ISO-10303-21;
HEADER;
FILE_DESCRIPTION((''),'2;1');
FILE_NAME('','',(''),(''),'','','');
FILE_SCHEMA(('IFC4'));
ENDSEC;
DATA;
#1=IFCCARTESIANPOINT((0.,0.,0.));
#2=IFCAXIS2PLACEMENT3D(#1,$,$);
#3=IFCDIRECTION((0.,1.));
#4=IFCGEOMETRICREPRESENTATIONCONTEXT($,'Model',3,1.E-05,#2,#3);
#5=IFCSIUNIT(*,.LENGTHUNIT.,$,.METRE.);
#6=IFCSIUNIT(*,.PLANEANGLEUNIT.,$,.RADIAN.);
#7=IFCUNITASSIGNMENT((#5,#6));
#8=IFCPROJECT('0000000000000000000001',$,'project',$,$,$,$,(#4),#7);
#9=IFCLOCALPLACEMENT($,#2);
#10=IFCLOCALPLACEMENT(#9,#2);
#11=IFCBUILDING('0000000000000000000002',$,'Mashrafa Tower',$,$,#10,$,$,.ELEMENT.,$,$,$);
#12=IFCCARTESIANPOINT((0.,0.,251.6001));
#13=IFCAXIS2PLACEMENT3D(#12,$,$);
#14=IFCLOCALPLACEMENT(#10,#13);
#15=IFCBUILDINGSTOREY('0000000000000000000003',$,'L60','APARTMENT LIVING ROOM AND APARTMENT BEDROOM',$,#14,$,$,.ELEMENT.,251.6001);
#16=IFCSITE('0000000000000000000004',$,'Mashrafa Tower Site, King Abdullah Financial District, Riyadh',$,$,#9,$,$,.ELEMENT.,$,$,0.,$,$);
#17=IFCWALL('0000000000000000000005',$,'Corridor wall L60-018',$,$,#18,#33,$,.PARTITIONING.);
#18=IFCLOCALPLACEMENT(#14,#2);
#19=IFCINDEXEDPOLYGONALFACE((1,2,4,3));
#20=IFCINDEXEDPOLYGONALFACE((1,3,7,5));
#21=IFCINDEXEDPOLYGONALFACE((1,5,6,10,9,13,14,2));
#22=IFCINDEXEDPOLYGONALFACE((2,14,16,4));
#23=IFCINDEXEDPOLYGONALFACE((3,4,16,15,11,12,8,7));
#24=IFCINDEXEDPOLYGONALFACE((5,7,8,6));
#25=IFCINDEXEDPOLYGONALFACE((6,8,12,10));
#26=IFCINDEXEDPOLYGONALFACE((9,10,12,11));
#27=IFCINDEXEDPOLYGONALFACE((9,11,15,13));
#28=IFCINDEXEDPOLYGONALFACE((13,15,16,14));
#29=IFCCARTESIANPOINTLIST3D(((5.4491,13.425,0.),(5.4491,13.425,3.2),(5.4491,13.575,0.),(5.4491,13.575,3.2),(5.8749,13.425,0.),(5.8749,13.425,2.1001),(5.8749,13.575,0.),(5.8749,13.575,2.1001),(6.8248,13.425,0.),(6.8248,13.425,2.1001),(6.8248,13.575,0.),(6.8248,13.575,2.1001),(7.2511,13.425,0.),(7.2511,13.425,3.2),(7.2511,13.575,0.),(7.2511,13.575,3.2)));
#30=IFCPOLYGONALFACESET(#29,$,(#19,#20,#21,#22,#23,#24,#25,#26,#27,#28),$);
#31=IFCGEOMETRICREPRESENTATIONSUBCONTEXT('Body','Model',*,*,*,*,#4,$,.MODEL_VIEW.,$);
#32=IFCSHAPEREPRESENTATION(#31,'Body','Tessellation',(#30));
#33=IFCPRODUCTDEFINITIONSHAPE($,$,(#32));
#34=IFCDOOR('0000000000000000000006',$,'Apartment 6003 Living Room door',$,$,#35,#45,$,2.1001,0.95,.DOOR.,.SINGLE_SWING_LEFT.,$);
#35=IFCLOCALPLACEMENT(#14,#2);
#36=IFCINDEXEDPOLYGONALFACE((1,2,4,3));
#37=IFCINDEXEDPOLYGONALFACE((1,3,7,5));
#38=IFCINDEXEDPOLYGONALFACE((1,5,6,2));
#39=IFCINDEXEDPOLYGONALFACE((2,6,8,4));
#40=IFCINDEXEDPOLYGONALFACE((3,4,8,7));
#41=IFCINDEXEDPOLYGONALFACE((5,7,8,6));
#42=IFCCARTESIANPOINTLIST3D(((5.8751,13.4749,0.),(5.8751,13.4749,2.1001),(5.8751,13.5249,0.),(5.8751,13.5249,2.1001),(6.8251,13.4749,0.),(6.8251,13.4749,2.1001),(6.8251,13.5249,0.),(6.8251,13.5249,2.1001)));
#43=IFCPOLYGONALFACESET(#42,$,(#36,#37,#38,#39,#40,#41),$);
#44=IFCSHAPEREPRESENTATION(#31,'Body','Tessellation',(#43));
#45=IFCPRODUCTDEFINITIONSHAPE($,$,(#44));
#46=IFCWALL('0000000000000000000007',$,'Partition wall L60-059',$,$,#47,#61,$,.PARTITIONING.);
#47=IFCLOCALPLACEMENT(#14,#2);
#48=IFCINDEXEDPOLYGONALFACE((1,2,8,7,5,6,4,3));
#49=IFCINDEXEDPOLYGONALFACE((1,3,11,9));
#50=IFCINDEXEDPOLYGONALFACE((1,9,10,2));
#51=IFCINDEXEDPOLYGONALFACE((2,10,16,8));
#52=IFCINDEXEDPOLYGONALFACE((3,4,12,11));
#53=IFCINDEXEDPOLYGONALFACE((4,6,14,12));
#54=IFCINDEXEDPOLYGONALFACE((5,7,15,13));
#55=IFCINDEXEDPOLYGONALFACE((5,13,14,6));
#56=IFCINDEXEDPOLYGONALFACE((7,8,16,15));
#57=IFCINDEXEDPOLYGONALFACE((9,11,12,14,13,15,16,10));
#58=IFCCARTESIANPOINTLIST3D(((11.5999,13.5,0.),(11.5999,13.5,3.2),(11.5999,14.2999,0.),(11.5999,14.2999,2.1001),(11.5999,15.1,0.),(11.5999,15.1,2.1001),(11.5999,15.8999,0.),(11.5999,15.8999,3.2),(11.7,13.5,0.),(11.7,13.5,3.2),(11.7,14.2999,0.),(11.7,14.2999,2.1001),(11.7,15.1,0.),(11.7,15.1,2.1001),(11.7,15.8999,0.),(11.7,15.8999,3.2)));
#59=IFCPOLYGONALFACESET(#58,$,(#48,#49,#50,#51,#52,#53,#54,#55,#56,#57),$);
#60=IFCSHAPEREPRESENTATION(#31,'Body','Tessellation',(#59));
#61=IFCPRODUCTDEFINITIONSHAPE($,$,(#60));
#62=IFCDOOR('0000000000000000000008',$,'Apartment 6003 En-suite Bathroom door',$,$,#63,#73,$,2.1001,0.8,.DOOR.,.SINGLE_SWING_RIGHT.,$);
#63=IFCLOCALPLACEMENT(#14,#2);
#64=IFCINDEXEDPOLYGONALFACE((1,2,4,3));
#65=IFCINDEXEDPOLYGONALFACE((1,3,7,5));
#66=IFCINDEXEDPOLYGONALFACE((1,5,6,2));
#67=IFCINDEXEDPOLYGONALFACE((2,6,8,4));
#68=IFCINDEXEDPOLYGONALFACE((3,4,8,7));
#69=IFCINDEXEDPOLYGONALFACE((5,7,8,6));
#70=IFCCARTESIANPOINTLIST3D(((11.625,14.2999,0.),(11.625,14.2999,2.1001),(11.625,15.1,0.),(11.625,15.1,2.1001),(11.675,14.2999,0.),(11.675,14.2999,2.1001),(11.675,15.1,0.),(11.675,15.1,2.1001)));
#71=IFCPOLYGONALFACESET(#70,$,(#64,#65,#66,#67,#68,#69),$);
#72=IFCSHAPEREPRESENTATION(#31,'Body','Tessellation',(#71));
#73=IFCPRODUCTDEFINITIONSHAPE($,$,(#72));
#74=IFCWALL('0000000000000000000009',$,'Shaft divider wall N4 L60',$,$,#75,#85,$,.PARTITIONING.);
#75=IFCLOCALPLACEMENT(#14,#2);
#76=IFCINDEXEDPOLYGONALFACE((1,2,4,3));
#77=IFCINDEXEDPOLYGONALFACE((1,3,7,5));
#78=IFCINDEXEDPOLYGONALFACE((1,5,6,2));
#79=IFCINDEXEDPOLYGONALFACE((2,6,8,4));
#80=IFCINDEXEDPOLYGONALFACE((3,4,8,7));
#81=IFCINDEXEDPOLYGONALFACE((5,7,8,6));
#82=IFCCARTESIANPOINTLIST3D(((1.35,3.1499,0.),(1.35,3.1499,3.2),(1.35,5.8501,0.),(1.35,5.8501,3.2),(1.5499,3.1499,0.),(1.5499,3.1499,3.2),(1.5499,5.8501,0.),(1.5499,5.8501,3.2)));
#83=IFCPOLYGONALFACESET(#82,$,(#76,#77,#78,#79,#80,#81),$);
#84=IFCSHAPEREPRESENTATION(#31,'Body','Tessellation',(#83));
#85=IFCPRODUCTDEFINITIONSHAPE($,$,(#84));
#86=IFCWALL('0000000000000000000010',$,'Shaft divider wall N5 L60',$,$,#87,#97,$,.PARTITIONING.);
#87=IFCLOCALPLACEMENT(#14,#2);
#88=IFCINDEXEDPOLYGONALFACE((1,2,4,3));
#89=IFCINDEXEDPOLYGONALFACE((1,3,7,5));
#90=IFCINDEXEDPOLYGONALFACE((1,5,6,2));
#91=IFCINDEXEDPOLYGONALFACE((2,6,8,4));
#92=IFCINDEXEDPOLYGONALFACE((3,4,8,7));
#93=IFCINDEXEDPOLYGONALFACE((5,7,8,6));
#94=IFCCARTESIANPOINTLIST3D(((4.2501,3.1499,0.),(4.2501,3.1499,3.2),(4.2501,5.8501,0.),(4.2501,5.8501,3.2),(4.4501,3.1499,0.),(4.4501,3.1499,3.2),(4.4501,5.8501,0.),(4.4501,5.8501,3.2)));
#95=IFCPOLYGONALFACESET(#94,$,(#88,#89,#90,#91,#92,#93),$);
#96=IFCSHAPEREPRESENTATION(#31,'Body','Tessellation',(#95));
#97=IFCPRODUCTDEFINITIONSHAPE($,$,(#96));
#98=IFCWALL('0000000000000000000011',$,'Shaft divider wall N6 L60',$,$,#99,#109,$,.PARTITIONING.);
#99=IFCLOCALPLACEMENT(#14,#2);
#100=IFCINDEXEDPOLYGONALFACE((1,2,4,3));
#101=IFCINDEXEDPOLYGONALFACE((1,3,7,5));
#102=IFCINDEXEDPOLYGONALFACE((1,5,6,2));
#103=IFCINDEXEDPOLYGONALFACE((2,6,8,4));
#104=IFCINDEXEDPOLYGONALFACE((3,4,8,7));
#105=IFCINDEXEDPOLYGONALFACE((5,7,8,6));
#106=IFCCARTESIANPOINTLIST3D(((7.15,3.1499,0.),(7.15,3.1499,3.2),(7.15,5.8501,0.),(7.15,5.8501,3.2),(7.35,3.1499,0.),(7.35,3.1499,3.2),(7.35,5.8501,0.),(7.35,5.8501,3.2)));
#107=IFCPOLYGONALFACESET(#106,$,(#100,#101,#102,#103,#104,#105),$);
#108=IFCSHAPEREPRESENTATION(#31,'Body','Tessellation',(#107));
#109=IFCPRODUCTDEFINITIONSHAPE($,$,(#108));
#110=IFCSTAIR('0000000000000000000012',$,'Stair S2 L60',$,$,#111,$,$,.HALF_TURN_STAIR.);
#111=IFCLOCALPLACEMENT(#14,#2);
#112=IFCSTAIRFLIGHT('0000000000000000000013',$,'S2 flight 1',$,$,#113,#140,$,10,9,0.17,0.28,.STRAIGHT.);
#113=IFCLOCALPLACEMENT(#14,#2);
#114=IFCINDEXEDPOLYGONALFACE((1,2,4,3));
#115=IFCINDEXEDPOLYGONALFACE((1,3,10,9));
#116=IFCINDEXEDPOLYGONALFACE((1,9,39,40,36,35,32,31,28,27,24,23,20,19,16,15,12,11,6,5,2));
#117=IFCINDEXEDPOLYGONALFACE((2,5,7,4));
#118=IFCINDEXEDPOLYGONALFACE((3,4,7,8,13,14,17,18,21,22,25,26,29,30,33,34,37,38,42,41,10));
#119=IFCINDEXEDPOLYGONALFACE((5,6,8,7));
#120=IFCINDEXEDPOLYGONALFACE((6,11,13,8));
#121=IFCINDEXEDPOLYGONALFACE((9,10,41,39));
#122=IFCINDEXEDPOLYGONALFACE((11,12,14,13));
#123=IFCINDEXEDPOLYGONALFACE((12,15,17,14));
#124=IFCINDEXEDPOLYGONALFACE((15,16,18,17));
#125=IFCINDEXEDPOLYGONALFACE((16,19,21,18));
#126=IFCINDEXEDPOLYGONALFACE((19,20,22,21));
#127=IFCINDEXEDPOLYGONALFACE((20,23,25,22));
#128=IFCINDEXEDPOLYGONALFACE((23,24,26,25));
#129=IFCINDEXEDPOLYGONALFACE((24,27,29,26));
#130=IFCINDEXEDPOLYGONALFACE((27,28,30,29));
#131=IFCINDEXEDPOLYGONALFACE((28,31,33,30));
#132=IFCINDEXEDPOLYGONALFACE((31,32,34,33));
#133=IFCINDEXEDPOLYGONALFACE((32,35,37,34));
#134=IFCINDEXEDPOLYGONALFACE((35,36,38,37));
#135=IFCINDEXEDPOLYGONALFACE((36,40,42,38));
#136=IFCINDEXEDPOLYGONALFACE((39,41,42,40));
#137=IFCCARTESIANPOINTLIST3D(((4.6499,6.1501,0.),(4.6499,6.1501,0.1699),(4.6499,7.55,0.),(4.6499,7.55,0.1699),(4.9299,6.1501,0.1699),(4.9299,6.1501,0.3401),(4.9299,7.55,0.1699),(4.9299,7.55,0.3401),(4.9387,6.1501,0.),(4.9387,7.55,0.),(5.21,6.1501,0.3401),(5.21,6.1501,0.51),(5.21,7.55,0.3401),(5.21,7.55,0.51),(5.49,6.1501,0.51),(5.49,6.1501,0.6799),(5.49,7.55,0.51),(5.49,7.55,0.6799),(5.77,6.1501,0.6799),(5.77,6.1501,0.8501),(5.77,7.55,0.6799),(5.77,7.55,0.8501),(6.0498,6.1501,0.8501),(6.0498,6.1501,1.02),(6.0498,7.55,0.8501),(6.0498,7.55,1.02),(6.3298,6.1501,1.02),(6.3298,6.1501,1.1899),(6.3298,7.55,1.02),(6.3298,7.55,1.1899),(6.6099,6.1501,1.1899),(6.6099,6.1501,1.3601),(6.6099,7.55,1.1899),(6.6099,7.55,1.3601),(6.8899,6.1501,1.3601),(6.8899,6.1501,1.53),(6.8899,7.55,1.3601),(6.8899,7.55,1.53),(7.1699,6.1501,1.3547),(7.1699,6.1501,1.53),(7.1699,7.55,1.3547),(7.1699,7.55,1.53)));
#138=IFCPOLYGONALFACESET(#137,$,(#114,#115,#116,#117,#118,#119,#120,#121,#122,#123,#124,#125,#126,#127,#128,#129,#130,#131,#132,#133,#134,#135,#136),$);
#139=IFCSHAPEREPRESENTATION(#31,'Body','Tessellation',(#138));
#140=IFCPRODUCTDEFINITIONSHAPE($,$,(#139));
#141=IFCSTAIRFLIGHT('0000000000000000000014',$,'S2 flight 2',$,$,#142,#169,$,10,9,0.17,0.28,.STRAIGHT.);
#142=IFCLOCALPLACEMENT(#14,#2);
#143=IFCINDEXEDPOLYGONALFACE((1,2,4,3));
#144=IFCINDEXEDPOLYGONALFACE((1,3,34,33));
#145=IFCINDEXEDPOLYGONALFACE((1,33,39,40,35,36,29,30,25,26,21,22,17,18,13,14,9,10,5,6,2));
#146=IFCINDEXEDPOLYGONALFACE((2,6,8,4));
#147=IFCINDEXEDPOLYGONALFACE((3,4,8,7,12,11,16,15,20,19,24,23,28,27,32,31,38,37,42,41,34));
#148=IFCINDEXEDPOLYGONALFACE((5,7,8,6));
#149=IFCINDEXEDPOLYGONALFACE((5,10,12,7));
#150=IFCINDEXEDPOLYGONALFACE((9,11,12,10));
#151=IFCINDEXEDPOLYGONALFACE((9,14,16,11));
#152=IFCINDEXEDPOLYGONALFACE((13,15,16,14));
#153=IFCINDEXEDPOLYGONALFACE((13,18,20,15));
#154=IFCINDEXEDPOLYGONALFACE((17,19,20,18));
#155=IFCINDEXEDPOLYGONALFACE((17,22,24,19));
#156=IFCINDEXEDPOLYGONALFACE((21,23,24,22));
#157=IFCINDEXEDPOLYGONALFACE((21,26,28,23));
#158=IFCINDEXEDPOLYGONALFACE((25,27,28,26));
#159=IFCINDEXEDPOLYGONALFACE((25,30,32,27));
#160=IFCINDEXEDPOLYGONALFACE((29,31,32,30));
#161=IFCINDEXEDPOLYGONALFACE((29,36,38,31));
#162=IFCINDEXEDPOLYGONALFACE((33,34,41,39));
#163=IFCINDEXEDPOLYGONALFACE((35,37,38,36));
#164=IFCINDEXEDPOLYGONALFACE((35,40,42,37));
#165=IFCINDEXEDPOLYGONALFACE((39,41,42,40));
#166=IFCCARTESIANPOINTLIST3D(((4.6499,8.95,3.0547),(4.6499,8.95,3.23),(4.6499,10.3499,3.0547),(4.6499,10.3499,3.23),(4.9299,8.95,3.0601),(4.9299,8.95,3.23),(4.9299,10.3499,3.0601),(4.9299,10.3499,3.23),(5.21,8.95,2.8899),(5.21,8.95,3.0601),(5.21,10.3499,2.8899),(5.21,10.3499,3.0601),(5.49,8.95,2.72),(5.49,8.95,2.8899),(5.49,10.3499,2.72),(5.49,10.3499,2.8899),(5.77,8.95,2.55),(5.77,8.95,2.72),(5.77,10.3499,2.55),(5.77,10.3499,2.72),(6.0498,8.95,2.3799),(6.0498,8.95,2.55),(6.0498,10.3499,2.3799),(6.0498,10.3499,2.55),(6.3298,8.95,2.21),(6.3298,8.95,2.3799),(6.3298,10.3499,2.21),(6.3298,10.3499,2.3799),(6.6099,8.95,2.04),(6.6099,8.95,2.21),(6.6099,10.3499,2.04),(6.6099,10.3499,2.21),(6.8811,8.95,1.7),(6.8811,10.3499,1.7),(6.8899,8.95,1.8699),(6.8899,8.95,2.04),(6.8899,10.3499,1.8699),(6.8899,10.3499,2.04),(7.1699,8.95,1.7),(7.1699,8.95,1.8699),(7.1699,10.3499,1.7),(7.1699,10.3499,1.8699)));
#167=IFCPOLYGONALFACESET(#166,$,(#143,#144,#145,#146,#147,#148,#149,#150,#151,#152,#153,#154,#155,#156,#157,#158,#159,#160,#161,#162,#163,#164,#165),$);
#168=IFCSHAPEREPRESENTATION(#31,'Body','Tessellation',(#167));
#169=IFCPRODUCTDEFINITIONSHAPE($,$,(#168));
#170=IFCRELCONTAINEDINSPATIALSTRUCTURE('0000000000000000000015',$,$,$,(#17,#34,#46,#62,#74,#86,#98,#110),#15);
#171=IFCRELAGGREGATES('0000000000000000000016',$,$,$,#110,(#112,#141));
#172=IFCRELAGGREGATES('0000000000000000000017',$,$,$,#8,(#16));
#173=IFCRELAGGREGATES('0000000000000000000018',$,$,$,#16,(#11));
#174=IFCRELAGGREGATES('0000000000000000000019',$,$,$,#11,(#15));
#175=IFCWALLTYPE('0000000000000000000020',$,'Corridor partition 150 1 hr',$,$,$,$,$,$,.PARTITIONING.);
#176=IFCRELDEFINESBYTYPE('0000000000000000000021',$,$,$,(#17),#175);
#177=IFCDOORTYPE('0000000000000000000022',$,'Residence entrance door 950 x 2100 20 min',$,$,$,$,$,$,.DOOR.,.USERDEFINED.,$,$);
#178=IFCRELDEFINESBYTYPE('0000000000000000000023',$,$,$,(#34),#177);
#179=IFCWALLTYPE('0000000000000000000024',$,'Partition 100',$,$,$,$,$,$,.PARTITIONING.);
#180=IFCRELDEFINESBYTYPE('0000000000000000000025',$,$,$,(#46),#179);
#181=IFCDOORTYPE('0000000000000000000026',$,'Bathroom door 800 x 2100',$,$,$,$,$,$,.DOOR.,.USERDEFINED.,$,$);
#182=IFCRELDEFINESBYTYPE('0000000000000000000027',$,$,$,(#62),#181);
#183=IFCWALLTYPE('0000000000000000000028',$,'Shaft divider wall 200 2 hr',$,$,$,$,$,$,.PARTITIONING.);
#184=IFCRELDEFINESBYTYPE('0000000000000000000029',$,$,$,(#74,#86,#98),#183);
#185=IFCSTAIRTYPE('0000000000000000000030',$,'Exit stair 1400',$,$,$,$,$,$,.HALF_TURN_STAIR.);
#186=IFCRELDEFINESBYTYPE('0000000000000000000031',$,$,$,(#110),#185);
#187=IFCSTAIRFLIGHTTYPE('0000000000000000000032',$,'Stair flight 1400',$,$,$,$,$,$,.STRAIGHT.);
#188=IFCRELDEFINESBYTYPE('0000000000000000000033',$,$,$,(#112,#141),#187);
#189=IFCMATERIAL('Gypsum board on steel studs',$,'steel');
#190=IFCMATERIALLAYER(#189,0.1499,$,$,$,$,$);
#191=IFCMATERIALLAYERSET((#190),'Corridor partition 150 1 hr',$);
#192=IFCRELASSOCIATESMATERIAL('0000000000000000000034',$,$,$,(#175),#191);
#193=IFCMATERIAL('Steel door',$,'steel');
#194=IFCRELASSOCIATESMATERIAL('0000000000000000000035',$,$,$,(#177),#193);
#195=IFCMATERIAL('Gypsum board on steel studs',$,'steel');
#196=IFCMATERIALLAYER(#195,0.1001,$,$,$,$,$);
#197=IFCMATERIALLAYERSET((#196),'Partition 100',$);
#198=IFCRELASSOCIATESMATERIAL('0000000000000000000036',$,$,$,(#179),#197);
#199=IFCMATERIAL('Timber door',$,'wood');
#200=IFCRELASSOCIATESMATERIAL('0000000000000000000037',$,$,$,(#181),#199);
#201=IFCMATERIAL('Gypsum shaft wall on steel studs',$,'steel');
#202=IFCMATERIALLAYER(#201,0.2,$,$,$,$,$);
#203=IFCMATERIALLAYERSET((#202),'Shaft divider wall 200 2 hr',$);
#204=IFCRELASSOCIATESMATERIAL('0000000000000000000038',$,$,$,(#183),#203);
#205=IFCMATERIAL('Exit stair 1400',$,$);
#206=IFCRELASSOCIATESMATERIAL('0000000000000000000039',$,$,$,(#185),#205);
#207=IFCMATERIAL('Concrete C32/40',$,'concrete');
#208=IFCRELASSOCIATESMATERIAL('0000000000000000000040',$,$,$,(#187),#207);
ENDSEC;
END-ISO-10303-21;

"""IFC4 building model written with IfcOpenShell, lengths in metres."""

from ifc_helpers import new_model, si_unit, direction, frame, frame_2d, origin, place, context, subcontext, project, spatial, polyline, rectangle, outline, extrude, material, layer, layer_set, type_object, element, fill, aggregate, save


model = new_model("IFC4")

# Units and contexts
model_context = context("Model", 3, precision=1e-05, world=origin(), true_north=direction((0.0, 1.0)))
body_context = subcontext(model_context, "Body", "Model", "MODEL_VIEW")
ifc_project = project(units=[si_unit("LENGTHUNIT", "METRE"), si_unit("PLANEANGLEUNIT", "RADIAN")], contexts=[model_context])

# Site, building, storey
site_placement = place(None, origin())
site = spatial("IfcSite", under=ifc_project, at=site_placement, Name="Mashrafa Tower Site, King Abdullah Financial District, Riyadh", CompositionType="ELEMENT", RefElevation=0.0)
building_placement = place(site_placement, origin())
building = spatial("IfcBuilding", under=site, at=building_placement, Name="Mashrafa Tower", CompositionType="ELEMENT")
storey_placement = place(building_placement, frame((0.0, 0.0, 251.6001)))
storey = spatial("IfcBuildingStorey", under=building, at=storey_placement, Name="L60", Description="APARTMENT LIVING ROOM AND APARTMENT BEDROOM", CompositionType="ELEMENT", Elevation=251.6001)

# Shared definitions
ifc_material_1 = material(Name="Gypsum board on steel studs", Category="steel")
ifc_layer_1 = layer(ifc_material_1, 0.1499)
ifc_layer_set_1 = layer_set([ifc_layer_1], Name="Corridor partition 150 1 hr")
wall_type_1 = type_object("IfcWallType", Name="Corridor partition 150 1 hr", PredefinedType="PARTITIONING", material=ifc_layer_set_1)

# Walls, openings, doors
wall_1_placement = place(storey_placement, frame((7.251, 13.5, 0.0), z_axis=(0.0, 0.0, 1.0), x_axis=(-1.0, 0.0, 0.0)))
wall_1 = element("IfcWall", 1, at=wall_1_placement, inside=storey, type_object=wall_type_1, Name="Corridor wall L60-018", PredefinedType="PARTITIONING", context=body_context, shape_type="SweptSolid", body=[
    extrude(rectangle(XDim=1.802, YDim=0.1499, at=frame_2d((0.9009, 0.0))), origin(), (0.0, 0.0, 1.0), 3.2),
])
opening_1_placement = place(wall_1_placement, frame((0.426, 0.0, 0.0)))
opening_1 = element("IfcOpeningElement", 2, at=opening_1_placement, cuts=wall_1, PredefinedType="OPENING", context=body_context, shape_type="SweptSolid", body=[
    extrude(rectangle(XDim=0.95, YDim=2.1001, at=frame_2d((0.4751, 1.05))), frame((0.0, 0.085, 0.0), z_axis=(0.0, -1.0, 0.0), x_axis=(1.0, 0.0, 0.0)), (0.0, 0.0, 1.0), 0.1699),
])
ifc_material_2 = material(Name="Steel door", Category="steel")
door_type_1 = type_object("IfcDoorType", Name="Residence entrance door 950 x 2100 20 min", OperationType="USERDEFINED", PredefinedType="DOOR", material=ifc_material_2)
door_1_placement = place(opening_1_placement, frame((0.95, 0.0, 0.0), z_axis=(0.0, 0.0, 1.0), x_axis=(-1.0, 0.0, 0.0)))
door_1 = element("IfcDoor", 3, at=door_1_placement, inside=storey, type_object=door_type_1, Name="Apartment 6003 Living Room door", OperationType="SINGLE_SWING_LEFT", OverallHeight=2.1001, OverallWidth=0.95, PredefinedType="DOOR", context=body_context, shape_type="SweptSolid", body=[
    extrude(rectangle(XDim=0.95, YDim=2.1001, at=frame_2d((0.4751, 1.05))), frame((0.0, 0.0249, 0.0), z_axis=(0.0, -1.0, 0.0), x_axis=(1.0, 0.0, 0.0)), (0.0, 0.0, 1.0), 0.05),
])
fill(opening_1, door_1)
ifc_material_3 = material(Name="Gypsum board on steel studs", Category="steel")
ifc_layer_2 = layer(ifc_material_3, 0.1001)
ifc_layer_set_2 = layer_set([ifc_layer_2], Name="Partition 100")
wall_type_2 = type_object("IfcWallType", Name="Partition 100", PredefinedType="PARTITIONING", material=ifc_layer_set_2)
wall_2_placement = place(storey_placement, frame((11.6499, 13.5, 0.0), z_axis=(0.0, 0.0, 1.0), x_axis=(0.0, 1.0, 0.0)))
wall_2 = element("IfcWall", 4, at=wall_2_placement, inside=storey, type_object=wall_type_2, Name="Partition wall L60-059", PredefinedType="PARTITIONING", context=body_context, shape_type="SweptSolid", body=[
    extrude(rectangle(XDim=2.3999, YDim=0.1001, at=frame_2d((1.2, 0.0))), origin(), (0.0, 0.0, 1.0), 3.2),
])
opening_2_placement = place(wall_2_placement, frame((0.8, 0.0, 0.0)))
opening_2 = element("IfcOpeningElement", 5, at=opening_2_placement, cuts=wall_2, PredefinedType="OPENING", context=body_context, shape_type="SweptSolid", body=[
    extrude(rectangle(XDim=0.8, YDim=2.1001, at=frame_2d((0.3999, 1.05))), frame((0.0, 0.0601, 0.0), z_axis=(0.0, -1.0, 0.0), x_axis=(1.0, 0.0, 0.0)), (0.0, 0.0, 1.0), 0.1201),
])
ifc_material_4 = material(Name="Timber door", Category="wood")
door_type_2 = type_object("IfcDoorType", Name="Bathroom door 800 x 2100", OperationType="USERDEFINED", PredefinedType="DOOR", material=ifc_material_4)
door_2_placement = place(opening_2_placement, origin())
door_2 = element("IfcDoor", 6, at=door_2_placement, inside=storey, type_object=door_type_2, Name="Apartment 6003 En-suite Bathroom door", OperationType="SINGLE_SWING_RIGHT", OverallHeight=2.1001, OverallWidth=0.8, PredefinedType="DOOR", context=body_context, shape_type="SweptSolid", body=[
    extrude(rectangle(XDim=0.8, YDim=2.1001, at=frame_2d((0.3999, 1.05))), frame((0.0, 0.0249, 0.0), z_axis=(0.0, -1.0, 0.0), x_axis=(1.0, 0.0, 0.0)), (0.0, 0.0, 1.0), 0.05),
])
fill(opening_2, door_2)

# Walls
ifc_material_5 = material(Name="Gypsum shaft wall on steel studs", Category="steel")
ifc_layer_3 = layer(ifc_material_5, 0.2)
ifc_layer_set_3 = layer_set([ifc_layer_3], Name="Shaft divider wall 200 2 hr")
wall_type_3 = type_object("IfcWallType", Name="Shaft divider wall 200 2 hr", PredefinedType="PARTITIONING", material=ifc_layer_set_3)
for number, where, z_axis, x_axis, name in (
    (7, (1.45, 3.1499, 0.0), (0.0, 0.0, 1.0), (0.0, 1.0, 0.0), "Shaft divider wall N4 L60"),
    (8, (4.3501, 3.1499, 0.0), (0.0, 0.0, 1.0), (0.0, 1.0, 0.0), "Shaft divider wall N5 L60"),
    (9, (7.25, 3.1499, 0.0), (0.0, 0.0, 1.0), (0.0, 1.0, 0.0), "Shaft divider wall N6 L60"),
):
    element("IfcWall", number, at=place(storey_placement, frame(where, z_axis=z_axis, x_axis=x_axis)), inside=storey, type_object=wall_type_3, Name=name, PredefinedType="PARTITIONING", context=body_context, shape_type="SweptSolid", body=[
        extrude(rectangle(XDim=2.7002, YDim=0.2, at=frame_2d((1.3501, 0.0))), origin(), (0.0, 0.0, 1.0), 3.2),
    ])

# Stair, stair flights
ifc_material_6 = material(Name="Exit stair 1400")
stair_type = type_object("IfcStairType", Name="Exit stair 1400", PredefinedType="HALF_TURN_STAIR", material=ifc_material_6)
stair_placement = place(storey_placement, origin())
stair = element("IfcStair", 10, at=stair_placement, inside=storey, type_object=stair_type, Name="Stair S2 L60", PredefinedType="HALF_TURN_STAIR")
ifc_material_7 = material(Name="Concrete C32/40", Category="concrete")
stair_flight_type = type_object("IfcStairFlightType", Name="Stair flight 1400", PredefinedType="STRAIGHT", material=ifc_material_7)
stair_flight_1_placement = place(storey_placement, frame((4.6499, 6.8501, 0.0), z_axis=(0.0, 0.0, 1.0), x_axis=(1.0, 0.0, 0.0)))
stair_flight_1 = element("IfcStairFlight", 11, at=stair_flight_1_placement, type_object=stair_flight_type, Name="S2 flight 1", NumberOfRisers=10, NumberOfTreads=9, PredefinedType="STRAIGHT", RiserHeight=0.17, TreadLength=0.28, context=body_context, shape_type="SweptSolid", body=[
    extrude(outline(polyline([(0.0, 0.0), (0.0, 0.1699), (0.28, 0.1699), (0.28, 0.3401), (0.5601, 0.3401), (0.5601, 0.51), (0.8401, 0.51), (0.8401, 0.6799), (1.1201, 0.6799), (1.1201, 0.8501), (1.3999, 0.8501), (1.3999, 1.02), (1.6799, 1.02), (1.6799, 1.1899), (1.96, 1.1899), (1.96, 1.3601), (2.24, 1.3601), (2.24, 1.53), (2.52, 1.53), (2.52, 1.7), (2.52, 1.3547), (0.2888, 0.0), (0.0, 0.0)])), frame((0.0, 0.7, 0.0), z_axis=(0.0, -1.0, 0.0), x_axis=(1.0, 0.0, 0.0)), (0.0, 0.0, 1.0), 1.3999),
])
stair_flight_2_placement = place(storey_placement, frame((7.1699, 9.6499, 1.7), z_axis=(0.0, 0.0, 1.0), x_axis=(-1.0, 0.0, 0.0)))
stair_flight_2 = element("IfcStairFlight", 12, at=stair_flight_2_placement, type_object=stair_flight_type, Name="S2 flight 2", NumberOfRisers=10, NumberOfTreads=9, PredefinedType="STRAIGHT", RiserHeight=0.17, TreadLength=0.28, context=body_context, shape_type="SweptSolid", body=[
    extrude(outline(polyline([(0.0, 0.0), (0.0, 0.1699), (0.28, 0.1699), (0.28, 0.3401), (0.5601, 0.3401), (0.5601, 0.51), (0.8401, 0.51), (0.8401, 0.6799), (1.1201, 0.6799), (1.1201, 0.8501), (1.3999, 0.8501), (1.3999, 1.02), (1.6799, 1.02), (1.6799, 1.1899), (1.96, 1.1899), (1.96, 1.3601), (2.24, 1.3601), (2.24, 1.53), (2.52, 1.53), (2.52, 1.7), (2.52, 1.3547), (0.2888, 0.0), (0.0, 0.0)])), frame((0.0, 0.7, 0.0), z_axis=(0.0, -1.0, 0.0), x_axis=(1.0, 0.0, 0.0)), (0.0, 0.0, 1.0), 1.3999),
])
aggregate(stair, [stair_flight_1, stair_flight_2])

save(model, "model.ifc")
